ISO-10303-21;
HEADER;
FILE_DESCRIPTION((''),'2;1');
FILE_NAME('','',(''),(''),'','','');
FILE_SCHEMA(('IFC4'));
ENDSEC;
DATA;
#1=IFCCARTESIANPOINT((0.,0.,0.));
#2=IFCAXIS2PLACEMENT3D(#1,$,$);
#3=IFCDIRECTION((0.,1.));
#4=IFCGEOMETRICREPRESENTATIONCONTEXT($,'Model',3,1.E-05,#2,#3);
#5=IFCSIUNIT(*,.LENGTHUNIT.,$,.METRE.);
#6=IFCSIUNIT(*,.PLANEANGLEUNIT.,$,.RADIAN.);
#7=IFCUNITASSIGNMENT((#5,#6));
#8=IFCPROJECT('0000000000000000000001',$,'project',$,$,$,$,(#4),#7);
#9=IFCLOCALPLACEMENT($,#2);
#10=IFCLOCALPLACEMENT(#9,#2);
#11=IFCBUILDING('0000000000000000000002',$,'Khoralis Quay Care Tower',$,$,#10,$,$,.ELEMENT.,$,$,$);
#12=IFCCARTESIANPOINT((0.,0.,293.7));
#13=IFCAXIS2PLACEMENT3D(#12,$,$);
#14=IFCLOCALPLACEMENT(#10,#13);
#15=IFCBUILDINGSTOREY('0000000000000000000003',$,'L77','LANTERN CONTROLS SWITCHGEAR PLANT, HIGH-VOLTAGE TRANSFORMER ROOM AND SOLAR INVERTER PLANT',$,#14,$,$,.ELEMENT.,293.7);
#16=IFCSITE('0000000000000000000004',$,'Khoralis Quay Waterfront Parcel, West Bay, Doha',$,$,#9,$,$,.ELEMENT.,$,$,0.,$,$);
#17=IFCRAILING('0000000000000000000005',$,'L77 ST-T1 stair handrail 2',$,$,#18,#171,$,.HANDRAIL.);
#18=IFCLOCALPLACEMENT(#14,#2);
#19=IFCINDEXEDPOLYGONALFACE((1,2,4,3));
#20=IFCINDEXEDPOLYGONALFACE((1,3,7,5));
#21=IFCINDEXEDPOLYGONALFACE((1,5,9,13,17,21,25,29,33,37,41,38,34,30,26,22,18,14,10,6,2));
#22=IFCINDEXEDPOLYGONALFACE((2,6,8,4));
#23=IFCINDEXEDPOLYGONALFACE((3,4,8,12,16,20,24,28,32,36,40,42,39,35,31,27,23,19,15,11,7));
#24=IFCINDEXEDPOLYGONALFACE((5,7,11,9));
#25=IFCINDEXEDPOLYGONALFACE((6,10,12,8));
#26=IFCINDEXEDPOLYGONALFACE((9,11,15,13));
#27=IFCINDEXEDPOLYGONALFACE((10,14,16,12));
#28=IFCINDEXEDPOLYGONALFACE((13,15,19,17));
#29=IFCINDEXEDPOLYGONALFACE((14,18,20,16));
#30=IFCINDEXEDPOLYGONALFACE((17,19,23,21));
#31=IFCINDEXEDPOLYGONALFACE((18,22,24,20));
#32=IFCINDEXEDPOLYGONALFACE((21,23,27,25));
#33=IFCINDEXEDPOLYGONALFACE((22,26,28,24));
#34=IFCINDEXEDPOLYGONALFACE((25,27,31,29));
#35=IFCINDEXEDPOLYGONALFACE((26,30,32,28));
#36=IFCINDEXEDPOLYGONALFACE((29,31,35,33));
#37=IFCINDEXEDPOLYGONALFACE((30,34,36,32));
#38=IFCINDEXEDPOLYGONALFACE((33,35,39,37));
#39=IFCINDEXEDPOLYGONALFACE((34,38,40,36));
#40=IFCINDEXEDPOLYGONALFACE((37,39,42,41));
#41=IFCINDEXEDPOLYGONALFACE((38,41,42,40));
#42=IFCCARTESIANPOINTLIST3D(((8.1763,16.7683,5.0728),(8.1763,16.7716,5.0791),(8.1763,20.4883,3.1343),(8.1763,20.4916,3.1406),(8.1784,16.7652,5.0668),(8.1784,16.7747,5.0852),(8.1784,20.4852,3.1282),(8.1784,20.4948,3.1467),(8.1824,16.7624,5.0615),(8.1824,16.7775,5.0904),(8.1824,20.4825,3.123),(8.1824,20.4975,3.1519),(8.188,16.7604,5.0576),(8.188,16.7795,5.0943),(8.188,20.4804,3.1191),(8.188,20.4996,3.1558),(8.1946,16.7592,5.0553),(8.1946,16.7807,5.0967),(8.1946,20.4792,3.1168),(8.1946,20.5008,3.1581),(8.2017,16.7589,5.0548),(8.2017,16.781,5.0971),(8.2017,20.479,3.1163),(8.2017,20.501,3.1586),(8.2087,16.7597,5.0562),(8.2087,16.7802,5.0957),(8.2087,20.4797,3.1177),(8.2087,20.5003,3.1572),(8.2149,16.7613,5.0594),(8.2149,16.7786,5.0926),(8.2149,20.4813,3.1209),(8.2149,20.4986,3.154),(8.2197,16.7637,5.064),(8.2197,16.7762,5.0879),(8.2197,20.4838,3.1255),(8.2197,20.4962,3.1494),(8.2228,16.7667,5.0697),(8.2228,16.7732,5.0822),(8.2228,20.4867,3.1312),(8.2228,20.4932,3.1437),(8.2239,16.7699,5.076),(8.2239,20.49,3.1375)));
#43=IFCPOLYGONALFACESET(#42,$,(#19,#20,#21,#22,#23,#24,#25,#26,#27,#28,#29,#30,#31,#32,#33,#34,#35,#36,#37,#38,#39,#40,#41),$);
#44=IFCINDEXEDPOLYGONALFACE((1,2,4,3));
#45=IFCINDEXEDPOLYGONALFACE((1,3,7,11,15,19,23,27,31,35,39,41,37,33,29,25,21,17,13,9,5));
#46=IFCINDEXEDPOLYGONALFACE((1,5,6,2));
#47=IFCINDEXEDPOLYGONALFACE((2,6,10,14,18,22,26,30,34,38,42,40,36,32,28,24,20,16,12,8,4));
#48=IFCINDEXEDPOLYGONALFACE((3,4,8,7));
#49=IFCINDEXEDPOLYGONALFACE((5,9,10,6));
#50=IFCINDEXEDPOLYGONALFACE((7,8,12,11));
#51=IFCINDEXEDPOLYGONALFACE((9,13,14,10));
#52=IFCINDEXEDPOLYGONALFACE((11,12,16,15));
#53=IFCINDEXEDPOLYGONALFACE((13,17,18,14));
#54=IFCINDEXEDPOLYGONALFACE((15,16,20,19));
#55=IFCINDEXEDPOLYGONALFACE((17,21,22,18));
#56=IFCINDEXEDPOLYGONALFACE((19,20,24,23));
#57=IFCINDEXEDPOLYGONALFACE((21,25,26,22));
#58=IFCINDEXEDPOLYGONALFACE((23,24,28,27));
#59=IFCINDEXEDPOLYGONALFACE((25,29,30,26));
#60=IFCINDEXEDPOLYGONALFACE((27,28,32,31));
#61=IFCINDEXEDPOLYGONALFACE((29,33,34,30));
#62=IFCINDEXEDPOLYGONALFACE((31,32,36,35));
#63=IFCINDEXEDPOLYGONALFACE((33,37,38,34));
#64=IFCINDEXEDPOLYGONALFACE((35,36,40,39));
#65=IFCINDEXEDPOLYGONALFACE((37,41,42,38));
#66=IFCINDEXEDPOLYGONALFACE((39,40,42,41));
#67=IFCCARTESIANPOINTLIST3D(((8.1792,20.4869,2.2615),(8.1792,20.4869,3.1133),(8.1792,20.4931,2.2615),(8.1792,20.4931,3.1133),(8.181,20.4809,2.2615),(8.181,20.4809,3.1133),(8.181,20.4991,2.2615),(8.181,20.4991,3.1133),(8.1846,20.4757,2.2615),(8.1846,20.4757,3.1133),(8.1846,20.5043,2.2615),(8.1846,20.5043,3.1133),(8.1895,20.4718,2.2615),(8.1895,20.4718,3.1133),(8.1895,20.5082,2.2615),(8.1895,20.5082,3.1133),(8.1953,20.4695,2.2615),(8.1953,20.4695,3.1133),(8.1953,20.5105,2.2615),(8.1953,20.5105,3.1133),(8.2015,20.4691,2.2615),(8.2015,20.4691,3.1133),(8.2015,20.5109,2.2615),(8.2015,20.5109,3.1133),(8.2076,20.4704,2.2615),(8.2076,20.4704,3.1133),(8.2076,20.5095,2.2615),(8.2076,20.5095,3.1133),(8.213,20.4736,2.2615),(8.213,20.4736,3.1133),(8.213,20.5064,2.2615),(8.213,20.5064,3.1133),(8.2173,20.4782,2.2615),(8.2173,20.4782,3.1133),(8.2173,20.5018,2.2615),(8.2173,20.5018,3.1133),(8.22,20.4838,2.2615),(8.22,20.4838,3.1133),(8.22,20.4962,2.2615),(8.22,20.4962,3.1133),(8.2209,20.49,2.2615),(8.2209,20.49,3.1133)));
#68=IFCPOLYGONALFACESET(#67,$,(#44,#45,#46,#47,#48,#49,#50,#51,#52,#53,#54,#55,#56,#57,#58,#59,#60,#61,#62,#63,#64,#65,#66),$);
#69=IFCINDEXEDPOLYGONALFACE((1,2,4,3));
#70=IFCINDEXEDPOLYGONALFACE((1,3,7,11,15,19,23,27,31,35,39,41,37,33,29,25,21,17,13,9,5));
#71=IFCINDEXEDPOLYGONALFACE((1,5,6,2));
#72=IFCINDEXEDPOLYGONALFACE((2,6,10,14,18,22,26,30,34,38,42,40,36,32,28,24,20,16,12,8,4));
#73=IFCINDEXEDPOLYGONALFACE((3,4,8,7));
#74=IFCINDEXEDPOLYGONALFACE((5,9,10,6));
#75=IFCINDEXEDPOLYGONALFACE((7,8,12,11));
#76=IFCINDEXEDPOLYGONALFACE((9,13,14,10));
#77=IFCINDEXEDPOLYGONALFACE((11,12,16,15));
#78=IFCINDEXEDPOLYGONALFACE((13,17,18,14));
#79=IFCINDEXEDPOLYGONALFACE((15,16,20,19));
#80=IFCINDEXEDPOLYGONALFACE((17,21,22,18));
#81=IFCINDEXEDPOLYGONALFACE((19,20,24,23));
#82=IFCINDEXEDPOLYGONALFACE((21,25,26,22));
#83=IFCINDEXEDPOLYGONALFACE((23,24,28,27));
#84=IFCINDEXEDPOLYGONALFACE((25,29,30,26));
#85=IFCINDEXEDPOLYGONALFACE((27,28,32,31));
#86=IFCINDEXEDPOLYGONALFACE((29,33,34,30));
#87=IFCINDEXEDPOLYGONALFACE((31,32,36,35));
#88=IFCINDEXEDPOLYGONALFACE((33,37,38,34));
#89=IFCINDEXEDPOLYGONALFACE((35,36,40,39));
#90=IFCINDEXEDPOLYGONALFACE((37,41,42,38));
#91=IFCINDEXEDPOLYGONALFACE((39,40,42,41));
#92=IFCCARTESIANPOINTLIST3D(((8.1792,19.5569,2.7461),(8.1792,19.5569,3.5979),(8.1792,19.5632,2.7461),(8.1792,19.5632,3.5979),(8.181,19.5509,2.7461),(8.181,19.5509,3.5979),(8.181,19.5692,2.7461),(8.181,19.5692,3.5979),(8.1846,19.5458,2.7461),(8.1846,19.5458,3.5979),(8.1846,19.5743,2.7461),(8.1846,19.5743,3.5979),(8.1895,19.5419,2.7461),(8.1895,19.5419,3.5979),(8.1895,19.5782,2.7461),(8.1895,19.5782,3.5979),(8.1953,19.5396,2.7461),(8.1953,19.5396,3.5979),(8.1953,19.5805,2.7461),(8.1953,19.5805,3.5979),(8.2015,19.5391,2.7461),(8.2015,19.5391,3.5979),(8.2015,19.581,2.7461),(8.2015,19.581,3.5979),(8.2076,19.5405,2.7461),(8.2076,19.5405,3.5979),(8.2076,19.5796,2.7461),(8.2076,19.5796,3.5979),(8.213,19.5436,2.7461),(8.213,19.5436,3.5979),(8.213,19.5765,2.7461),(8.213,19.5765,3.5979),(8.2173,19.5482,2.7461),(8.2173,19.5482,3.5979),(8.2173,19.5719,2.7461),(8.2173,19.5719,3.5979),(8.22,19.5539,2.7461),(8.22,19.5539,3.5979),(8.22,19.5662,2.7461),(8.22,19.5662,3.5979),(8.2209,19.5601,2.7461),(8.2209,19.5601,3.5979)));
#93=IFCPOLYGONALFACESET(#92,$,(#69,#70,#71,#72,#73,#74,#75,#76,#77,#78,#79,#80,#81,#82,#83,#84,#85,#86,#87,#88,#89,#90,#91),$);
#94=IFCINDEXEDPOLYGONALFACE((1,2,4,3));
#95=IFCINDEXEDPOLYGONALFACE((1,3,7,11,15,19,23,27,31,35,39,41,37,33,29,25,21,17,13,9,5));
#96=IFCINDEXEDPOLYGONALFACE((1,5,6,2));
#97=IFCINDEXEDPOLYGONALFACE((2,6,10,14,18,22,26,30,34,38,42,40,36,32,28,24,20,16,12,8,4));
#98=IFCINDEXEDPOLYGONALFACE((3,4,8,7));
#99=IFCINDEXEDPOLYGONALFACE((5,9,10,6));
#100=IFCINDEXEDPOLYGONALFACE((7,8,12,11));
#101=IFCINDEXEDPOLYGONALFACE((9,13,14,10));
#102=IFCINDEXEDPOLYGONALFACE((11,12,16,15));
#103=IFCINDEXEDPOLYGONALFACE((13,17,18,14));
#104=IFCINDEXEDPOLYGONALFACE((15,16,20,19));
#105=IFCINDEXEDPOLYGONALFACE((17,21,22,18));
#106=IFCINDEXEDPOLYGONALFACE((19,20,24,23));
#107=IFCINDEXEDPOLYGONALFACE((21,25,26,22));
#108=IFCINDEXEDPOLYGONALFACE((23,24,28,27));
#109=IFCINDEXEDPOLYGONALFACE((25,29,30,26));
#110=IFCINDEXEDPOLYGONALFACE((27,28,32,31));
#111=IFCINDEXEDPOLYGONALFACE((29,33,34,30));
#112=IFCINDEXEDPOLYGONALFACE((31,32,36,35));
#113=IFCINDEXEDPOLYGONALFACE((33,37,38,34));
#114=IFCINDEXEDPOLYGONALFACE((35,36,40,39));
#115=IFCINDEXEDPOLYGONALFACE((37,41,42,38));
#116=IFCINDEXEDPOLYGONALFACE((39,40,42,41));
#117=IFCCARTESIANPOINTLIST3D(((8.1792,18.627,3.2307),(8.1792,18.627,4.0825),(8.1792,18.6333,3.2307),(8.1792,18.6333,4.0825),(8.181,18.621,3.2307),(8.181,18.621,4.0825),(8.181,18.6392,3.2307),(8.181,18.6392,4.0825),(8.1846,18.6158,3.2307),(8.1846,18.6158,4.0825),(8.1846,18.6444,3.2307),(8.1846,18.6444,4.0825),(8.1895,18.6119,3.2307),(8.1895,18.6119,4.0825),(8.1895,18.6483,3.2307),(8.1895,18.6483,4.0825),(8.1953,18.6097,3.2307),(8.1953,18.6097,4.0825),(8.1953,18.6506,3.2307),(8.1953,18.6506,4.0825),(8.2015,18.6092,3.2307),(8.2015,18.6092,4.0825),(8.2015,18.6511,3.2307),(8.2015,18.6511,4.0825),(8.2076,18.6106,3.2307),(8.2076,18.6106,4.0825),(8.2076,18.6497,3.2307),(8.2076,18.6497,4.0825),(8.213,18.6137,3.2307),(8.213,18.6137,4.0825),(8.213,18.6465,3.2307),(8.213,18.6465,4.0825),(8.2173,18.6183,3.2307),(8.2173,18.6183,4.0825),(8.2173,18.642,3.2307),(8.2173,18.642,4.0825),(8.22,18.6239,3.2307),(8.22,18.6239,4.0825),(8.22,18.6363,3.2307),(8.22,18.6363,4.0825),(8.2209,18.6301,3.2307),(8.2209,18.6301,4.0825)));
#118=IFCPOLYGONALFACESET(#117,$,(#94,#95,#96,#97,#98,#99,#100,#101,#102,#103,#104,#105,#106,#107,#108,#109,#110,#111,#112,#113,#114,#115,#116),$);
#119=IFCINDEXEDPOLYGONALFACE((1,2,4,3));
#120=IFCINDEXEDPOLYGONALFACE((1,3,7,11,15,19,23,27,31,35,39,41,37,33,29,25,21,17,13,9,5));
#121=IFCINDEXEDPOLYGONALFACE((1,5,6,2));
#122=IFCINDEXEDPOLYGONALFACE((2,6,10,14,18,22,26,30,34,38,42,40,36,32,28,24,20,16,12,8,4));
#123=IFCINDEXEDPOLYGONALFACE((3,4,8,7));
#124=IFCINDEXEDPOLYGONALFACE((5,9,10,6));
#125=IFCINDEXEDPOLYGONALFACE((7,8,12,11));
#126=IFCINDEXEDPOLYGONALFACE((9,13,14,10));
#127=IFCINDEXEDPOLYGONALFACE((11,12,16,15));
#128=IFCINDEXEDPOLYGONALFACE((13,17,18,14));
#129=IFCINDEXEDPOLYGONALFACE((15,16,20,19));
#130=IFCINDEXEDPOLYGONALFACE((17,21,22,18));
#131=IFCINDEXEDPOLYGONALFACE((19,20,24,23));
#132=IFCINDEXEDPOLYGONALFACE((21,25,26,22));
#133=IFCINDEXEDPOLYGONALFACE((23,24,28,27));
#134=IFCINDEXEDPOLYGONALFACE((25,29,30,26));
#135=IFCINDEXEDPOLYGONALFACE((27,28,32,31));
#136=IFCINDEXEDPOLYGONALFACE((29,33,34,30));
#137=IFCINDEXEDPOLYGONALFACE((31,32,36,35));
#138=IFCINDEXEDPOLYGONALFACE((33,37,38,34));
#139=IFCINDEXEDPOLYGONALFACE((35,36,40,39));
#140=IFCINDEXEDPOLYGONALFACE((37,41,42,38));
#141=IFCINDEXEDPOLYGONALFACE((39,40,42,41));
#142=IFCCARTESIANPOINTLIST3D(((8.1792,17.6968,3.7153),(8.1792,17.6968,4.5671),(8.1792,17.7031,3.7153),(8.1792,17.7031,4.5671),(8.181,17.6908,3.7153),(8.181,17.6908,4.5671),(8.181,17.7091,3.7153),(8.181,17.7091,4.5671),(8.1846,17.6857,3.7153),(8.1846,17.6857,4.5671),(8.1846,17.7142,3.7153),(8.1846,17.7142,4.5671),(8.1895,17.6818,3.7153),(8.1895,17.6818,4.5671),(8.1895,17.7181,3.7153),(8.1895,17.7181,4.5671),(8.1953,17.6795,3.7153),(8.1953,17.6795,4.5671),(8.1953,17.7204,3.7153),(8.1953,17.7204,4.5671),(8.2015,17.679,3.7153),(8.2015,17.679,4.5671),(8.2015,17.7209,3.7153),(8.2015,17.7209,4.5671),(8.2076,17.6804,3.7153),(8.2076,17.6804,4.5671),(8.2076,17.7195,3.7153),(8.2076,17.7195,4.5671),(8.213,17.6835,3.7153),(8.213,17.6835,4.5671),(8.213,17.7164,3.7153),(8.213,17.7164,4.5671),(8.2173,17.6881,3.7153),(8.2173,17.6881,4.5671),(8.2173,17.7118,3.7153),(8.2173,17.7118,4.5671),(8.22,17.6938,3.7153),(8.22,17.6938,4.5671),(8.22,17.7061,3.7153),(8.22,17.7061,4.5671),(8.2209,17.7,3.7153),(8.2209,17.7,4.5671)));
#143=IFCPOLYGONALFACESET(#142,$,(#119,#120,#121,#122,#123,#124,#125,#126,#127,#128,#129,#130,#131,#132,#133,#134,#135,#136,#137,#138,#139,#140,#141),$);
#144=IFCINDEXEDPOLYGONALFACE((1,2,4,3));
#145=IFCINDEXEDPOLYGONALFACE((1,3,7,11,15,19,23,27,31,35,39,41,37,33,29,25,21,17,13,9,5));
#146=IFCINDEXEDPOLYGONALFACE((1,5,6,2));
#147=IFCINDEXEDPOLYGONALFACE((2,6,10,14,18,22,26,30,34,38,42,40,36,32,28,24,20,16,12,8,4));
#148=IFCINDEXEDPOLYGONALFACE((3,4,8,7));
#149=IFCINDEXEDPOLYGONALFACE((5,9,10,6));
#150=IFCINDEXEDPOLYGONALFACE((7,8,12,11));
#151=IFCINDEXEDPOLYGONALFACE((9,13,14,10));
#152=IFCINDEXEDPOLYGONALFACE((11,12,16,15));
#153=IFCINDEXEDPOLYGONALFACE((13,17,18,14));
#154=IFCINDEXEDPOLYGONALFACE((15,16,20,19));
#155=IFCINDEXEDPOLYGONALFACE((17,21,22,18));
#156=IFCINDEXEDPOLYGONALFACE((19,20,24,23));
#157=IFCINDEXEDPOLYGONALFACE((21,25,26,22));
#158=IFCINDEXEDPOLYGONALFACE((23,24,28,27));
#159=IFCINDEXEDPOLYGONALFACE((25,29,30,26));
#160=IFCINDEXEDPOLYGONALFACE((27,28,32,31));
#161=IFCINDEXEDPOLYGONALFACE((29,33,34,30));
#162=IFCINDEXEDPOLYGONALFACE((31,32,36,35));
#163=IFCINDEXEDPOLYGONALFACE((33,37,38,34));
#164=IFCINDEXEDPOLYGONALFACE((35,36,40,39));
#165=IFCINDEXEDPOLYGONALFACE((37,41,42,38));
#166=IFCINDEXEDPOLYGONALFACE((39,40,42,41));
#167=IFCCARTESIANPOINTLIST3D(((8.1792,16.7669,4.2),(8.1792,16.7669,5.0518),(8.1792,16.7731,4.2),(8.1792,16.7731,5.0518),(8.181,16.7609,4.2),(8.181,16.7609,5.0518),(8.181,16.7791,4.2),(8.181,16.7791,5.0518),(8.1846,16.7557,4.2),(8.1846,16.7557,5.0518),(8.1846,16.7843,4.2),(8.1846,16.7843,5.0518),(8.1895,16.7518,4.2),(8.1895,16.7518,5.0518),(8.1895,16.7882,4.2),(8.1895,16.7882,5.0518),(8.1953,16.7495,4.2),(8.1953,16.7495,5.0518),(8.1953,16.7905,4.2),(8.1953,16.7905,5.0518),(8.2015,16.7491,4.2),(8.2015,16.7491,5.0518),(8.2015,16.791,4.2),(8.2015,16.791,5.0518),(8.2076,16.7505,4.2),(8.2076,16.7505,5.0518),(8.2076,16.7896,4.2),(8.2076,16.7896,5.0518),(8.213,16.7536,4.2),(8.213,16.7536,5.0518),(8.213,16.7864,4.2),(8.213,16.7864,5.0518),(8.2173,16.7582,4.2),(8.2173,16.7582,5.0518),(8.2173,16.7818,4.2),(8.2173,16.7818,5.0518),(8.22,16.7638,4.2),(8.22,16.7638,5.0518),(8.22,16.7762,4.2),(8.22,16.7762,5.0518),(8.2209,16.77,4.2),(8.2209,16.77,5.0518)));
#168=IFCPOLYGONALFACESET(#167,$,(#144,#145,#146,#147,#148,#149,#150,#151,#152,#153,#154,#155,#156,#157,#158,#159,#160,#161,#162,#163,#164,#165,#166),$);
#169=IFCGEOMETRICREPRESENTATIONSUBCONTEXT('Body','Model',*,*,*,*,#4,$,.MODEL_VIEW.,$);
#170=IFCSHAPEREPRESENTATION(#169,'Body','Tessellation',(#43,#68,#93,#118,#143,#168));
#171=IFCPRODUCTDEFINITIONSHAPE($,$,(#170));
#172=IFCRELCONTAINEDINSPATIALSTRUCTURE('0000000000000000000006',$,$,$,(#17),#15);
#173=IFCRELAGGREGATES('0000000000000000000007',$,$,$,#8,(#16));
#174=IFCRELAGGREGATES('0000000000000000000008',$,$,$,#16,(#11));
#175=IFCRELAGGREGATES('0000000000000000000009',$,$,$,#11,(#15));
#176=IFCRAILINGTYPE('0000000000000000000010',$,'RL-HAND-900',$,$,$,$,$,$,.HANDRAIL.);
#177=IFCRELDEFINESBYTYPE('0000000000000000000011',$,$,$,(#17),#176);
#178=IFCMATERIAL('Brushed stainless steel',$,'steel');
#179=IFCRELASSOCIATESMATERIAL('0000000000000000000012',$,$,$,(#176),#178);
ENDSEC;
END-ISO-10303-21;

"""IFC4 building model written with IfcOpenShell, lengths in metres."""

from ifc_helpers import new_model, si_unit, direction, frame, origin, origin_2d, place, context, subcontext, project, spatial, circle, extrude, material, type_object, element, save


model = new_model("IFC4")

# Units and contexts
model_context = context("Model", 3, precision=1e-05, world=origin(), true_north=direction((0.0, 1.0)))
body_context = subcontext(model_context, "Body", "Model", "MODEL_VIEW")
ifc_project = project(units=[si_unit("LENGTHUNIT", "METRE"), si_unit("PLANEANGLEUNIT", "RADIAN")], contexts=[model_context])

# Site, building, storey
site_placement = place(None, origin())
site = spatial("IfcSite", under=ifc_project, at=site_placement, Name="Khoralis Quay Waterfront Parcel, West Bay, Doha", CompositionType="ELEMENT", RefElevation=0.0)
building_placement = place(site_placement, origin())
building = spatial("IfcBuilding", under=site, at=building_placement, Name="Khoralis Quay Care Tower", CompositionType="ELEMENT")
storey_placement = place(building_placement, frame((0.0, 0.0, 293.7)))
storey = spatial("IfcBuildingStorey", under=building, at=storey_placement, Name="L77", Description="LANTERN CONTROLS SWITCHGEAR PLANT, HIGH-VOLTAGE TRANSFORMER ROOM AND SOLAR INVERTER PLANT", CompositionType="ELEMENT", Elevation=293.7)

# Shared definitions
ifc_material_1 = material(Name="Brushed stainless steel", Category="steel")

# Railing
railing_type_1 = type_object("IfcRailingType", Name="RL-HAND-900", PredefinedType="HANDRAIL", material=ifc_material_1)
railing_1_placement = place(storey_placement, frame((8.2, 20.49, 2.2615)))
element("IfcRailing", 1, at=railing_1_placement, inside=storey, type_object=railing_type_1, Name="L77 ST-T1 stair handrail 2", PredefinedType="HANDRAIL", context=body_context, shape_type="SweptSolid", body=[
    extrude(circle(Radius=0.0239, at=origin_2d()), frame((0.0, 0.0, 0.876), z_axis=(0.0, -0.886817, 0.46212), x_axis=(1.0, 0.0, 0.0)), (0.0, 0.0, 1.0), 4.1948),
    extrude(circle(Radius=0.021, at=origin_2d()), origin(), (0.0, 0.0, 1.0), 0.8518),
    extrude(circle(Radius=0.021, at=origin_2d()), frame((0.0, -0.9299, 0.4846)), (0.0, 0.0, 1.0), 0.8518),
    extrude(circle(Radius=0.021, at=origin_2d()), frame((0.0, -1.8599, 0.9692)), (0.0, 0.0, 1.0), 0.8518),
    extrude(circle(Radius=0.021, at=origin_2d()), frame((0.0, -2.79, 1.4539)), (0.0, 0.0, 1.0), 0.8518),
    extrude(circle(Radius=0.021, at=origin_2d()), frame((0.0, -3.72, 1.9385)), (0.0, 0.0, 1.0), 0.8518),
])

save(model, "model.ifc")
